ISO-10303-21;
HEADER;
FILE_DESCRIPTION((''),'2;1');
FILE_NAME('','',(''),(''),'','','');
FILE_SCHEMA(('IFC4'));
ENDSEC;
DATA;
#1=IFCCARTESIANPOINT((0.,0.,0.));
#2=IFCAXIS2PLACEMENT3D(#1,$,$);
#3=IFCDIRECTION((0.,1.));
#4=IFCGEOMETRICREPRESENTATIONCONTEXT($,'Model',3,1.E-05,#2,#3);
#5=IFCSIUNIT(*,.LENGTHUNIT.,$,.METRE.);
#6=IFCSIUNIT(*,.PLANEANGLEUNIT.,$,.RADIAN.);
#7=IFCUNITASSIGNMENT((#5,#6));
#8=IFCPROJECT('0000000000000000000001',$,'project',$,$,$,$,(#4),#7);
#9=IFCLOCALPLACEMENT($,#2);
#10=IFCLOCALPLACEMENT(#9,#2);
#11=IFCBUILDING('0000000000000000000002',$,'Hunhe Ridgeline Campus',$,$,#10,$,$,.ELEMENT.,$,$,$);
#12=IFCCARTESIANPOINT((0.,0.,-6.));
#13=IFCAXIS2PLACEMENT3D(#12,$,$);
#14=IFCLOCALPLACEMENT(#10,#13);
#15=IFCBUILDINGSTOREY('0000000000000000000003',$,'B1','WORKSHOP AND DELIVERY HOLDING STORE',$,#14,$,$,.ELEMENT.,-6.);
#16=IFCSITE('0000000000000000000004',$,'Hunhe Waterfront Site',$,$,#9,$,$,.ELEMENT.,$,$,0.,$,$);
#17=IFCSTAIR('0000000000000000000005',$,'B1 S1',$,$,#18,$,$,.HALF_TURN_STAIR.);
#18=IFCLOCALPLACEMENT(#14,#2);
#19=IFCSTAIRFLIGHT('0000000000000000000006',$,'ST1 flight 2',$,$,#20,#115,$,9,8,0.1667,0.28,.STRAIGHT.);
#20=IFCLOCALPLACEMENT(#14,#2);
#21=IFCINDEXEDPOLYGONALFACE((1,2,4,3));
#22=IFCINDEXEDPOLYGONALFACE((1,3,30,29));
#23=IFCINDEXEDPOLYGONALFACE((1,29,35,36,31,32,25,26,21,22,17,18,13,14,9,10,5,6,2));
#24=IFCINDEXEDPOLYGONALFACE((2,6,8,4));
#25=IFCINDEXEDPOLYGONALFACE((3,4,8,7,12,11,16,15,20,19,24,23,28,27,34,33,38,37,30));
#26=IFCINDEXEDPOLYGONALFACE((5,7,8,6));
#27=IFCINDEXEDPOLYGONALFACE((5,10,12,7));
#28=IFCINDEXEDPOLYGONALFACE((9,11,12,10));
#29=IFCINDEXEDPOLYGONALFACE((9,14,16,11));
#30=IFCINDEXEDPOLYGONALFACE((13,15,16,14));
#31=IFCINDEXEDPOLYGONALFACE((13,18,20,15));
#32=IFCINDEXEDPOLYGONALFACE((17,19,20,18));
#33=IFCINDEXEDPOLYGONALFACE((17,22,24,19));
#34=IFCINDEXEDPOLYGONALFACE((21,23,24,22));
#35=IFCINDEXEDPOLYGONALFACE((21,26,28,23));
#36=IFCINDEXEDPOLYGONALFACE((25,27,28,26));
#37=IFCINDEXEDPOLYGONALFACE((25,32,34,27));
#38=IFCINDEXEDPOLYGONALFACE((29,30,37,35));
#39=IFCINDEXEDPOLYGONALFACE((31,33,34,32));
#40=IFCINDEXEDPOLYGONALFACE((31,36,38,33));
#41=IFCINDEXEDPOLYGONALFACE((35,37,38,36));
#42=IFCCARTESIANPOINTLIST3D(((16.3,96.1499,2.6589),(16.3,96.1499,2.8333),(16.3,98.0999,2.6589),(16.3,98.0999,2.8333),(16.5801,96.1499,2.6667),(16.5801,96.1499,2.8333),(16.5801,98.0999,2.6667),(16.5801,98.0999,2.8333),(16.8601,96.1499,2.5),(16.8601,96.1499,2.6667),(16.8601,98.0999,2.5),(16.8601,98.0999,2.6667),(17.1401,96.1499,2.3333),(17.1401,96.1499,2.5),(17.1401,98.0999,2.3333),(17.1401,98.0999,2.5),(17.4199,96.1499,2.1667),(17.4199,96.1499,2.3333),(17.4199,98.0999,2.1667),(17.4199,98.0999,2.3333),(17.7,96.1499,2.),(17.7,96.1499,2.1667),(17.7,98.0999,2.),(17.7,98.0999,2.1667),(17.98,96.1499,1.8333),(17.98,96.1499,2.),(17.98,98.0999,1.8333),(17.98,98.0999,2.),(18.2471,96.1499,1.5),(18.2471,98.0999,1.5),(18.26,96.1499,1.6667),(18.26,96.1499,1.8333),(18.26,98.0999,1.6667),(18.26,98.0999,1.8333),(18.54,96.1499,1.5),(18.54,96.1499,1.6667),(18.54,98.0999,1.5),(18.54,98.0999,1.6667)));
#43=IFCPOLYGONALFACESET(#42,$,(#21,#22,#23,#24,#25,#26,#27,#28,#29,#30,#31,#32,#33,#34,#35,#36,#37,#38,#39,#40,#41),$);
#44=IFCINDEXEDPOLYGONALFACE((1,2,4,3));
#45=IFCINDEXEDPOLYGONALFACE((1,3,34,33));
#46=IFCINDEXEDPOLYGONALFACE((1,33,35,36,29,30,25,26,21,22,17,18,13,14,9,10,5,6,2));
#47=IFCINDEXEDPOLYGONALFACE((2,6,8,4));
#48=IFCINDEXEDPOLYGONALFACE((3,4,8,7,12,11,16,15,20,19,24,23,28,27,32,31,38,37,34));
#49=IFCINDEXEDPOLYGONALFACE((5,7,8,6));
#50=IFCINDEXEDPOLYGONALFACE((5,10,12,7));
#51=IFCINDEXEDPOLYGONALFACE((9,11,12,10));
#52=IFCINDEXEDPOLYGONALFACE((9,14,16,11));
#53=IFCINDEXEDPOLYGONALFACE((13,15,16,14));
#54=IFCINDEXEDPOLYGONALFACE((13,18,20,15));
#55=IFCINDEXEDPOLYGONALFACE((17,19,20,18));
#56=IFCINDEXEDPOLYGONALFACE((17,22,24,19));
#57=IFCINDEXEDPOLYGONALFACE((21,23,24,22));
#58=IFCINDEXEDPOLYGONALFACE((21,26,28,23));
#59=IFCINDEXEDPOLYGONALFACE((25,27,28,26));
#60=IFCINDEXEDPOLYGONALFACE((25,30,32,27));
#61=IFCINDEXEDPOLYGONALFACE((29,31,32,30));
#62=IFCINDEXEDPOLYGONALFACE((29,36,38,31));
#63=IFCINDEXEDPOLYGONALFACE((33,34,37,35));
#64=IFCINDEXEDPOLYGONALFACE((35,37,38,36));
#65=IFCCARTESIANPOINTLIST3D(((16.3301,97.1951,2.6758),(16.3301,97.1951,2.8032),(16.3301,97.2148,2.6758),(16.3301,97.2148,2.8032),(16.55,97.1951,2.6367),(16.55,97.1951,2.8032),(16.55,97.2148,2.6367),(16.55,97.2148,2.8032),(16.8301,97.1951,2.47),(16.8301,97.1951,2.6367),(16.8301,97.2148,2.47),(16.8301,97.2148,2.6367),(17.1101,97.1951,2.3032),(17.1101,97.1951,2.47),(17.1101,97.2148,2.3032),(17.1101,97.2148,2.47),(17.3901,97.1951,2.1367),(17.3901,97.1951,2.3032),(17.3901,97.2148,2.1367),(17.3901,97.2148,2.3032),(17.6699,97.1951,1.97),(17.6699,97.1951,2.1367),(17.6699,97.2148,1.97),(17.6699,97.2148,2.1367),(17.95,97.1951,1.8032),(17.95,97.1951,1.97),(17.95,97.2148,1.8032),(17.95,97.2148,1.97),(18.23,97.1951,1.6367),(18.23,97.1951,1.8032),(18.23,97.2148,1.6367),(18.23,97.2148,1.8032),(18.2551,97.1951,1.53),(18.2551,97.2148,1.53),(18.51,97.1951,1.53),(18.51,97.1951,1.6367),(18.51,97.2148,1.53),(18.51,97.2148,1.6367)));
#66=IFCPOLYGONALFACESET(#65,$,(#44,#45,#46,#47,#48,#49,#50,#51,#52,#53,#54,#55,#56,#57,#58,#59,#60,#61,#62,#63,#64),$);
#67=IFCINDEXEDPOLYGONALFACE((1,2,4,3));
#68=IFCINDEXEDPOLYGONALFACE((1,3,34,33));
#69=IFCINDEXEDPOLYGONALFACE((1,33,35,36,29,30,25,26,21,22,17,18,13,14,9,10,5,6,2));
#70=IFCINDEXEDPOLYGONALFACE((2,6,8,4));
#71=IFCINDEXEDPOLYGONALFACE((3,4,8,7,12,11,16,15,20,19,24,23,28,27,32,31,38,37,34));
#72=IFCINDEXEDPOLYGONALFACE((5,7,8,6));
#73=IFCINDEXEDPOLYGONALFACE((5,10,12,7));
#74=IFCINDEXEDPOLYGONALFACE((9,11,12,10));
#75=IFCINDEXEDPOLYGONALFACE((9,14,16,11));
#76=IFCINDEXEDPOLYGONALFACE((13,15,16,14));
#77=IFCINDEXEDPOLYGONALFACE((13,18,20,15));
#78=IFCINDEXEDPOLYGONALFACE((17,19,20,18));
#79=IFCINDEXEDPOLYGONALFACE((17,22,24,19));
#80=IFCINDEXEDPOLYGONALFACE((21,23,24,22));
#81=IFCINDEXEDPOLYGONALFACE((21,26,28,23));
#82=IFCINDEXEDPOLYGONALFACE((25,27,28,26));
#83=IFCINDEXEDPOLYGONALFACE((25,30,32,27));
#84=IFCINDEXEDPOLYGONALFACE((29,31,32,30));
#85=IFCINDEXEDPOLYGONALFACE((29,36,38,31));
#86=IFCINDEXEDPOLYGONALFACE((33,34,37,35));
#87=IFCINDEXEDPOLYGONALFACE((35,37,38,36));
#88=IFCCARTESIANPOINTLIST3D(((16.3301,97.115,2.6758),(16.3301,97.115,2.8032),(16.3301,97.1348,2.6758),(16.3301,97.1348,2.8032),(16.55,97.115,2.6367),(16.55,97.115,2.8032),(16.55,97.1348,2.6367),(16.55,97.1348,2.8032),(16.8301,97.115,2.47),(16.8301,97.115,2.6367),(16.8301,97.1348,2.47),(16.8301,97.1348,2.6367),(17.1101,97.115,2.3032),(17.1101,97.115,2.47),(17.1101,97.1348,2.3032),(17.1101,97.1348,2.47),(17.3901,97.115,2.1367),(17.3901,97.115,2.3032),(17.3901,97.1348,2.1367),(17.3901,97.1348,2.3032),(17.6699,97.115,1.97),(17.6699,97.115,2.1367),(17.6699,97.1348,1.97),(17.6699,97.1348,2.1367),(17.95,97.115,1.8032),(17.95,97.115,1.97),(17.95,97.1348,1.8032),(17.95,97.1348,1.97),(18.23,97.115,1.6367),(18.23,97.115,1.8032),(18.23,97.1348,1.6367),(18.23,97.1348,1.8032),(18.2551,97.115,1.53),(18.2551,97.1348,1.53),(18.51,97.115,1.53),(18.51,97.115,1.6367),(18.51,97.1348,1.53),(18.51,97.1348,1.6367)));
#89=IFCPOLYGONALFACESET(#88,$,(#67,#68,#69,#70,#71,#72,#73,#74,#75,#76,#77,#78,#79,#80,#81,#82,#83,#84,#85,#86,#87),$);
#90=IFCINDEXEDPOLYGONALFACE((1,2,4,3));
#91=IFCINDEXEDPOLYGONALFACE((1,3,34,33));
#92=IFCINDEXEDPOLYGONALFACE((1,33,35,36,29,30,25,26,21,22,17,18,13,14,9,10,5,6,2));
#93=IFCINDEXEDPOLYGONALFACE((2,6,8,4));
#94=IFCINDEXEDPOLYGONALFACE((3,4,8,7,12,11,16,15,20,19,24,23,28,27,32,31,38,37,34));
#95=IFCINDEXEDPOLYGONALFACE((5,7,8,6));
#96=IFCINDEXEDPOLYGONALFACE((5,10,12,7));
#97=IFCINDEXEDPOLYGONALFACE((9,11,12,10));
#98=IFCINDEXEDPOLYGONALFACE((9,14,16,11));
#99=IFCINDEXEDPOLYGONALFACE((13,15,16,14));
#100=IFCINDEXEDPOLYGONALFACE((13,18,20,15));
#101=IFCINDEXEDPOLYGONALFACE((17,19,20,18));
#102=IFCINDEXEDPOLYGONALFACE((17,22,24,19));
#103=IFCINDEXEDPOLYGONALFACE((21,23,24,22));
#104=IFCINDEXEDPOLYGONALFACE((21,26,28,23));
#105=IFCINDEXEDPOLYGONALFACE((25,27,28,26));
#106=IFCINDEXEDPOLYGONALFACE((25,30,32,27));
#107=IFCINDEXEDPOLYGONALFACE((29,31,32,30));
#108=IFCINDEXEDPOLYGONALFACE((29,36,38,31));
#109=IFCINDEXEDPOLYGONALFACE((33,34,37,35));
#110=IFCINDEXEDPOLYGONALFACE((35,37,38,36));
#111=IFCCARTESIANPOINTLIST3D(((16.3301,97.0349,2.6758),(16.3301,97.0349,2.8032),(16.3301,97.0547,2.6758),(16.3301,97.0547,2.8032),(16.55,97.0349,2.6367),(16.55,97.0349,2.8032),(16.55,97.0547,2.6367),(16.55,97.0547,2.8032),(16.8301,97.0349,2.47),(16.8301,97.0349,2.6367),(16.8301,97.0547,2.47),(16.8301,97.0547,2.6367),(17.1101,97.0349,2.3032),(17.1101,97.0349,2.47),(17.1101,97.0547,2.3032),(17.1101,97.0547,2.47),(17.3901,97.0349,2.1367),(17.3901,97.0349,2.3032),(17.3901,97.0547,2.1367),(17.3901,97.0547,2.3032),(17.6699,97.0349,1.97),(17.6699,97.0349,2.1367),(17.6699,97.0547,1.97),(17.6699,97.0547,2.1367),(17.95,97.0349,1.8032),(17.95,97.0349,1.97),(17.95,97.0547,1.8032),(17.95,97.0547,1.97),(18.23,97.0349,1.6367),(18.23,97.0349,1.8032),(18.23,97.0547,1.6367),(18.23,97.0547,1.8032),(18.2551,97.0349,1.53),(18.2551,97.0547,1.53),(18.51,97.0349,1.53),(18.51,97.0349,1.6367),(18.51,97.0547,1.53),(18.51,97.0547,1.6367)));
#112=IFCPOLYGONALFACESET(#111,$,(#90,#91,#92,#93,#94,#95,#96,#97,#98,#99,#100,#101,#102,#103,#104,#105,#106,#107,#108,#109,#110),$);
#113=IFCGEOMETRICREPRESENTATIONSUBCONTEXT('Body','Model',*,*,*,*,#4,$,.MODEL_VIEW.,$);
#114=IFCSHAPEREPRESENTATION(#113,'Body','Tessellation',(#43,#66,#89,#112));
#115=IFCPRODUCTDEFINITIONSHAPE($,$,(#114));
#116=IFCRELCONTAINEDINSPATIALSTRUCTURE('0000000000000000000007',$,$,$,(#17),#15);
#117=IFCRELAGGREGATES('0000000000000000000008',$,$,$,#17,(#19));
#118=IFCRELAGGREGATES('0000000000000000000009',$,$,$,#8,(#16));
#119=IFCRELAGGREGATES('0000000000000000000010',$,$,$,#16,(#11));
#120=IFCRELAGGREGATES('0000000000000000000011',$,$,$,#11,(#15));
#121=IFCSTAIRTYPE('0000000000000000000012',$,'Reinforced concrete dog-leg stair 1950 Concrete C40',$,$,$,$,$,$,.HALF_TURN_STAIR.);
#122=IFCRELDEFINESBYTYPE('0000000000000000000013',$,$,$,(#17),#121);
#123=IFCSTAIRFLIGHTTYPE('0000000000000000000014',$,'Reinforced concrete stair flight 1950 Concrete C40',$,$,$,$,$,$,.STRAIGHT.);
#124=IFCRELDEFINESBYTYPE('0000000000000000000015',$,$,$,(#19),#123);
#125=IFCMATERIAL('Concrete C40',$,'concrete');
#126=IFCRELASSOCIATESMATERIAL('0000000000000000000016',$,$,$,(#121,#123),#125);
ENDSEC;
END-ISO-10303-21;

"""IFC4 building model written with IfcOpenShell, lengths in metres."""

from ifc_helpers import new_model, si_unit, direction, frame, origin, place, context, subcontext, project, spatial, polyline, outline, extrude, material, type_object, element, aggregate, save


model = new_model("IFC4")

# Units and contexts
model_context = context("Model", 3, precision=1e-05, world=origin(), true_north=direction((0.0, 1.0)))
body_context = subcontext(model_context, "Body", "Model", "MODEL_VIEW")
ifc_project = project(units=[si_unit("LENGTHUNIT", "METRE"), si_unit("PLANEANGLEUNIT", "RADIAN")], contexts=[model_context])

# Site, building, storey
site_placement = place(None, origin())
site = spatial("IfcSite", under=ifc_project, at=site_placement, Name="Hunhe Waterfront Site", CompositionType="ELEMENT", RefElevation=0.0)
building_placement = place(site_placement, origin())
building = spatial("IfcBuilding", under=site, at=building_placement, Name="Hunhe Ridgeline Campus", CompositionType="ELEMENT")
storey_placement = place(building_placement, frame((0.0, 0.0, -6.0)))
storey = spatial("IfcBuildingStorey", under=building, at=storey_placement, Name="B1", Description="WORKSHOP AND DELIVERY HOLDING STORE", CompositionType="ELEMENT", Elevation=-6.0)

# Stair, stair flight
ifc_material_1 = material(Name="Concrete C40", Category="concrete")
stair_type = type_object("IfcStairType", Name="Reinforced concrete dog-leg stair 1950 Concrete C40", PredefinedType="HALF_TURN_STAIR", material=ifc_material_1)
stair_1_placement = place(storey_placement, origin())
stair_1 = element("IfcStair", 1, at=stair_1_placement, inside=storey, type_object=stair_type, Name="B1 S1", PredefinedType="HALF_TURN_STAIR")
stair_flight_type = type_object("IfcStairFlightType", Name="Reinforced concrete stair flight 1950 Concrete C40", PredefinedType="STRAIGHT", material=ifc_material_1)
stair_flight_1_placement = place(storey_placement, frame((18.54, 97.125, 1.5), z_axis=(0.0, 0.0, 1.0), x_axis=(-1.0, 0.0, 0.0)))
stair_flight_1 = element("IfcStairFlight", 2, at=stair_flight_1_placement, type_object=stair_flight_type, Name="ST1 flight 2", NumberOfRisers=9, NumberOfTreads=8, PredefinedType="STRAIGHT", RiserHeight=0.1667, TreadLength=0.28, context=body_context, shape_type="SweptSolid", body=[
    extrude(outline(polyline([(0.0, 0.0), (0.0, 0.1667), (0.28, 0.1667), (0.28, 0.3333), (0.5601, 0.3333), (0.5601, 0.5), (0.8401, 0.5), (0.8401, 0.6667), (1.1201, 0.6667), (1.1201, 0.8333), (1.3999, 0.8333), (1.3999, 1.0), (1.6799, 1.0), (1.6799, 1.1667), (1.96, 1.1667), (1.96, 1.3333), (2.24, 1.3333), (2.24, 1.5), (2.24, 1.1589), (0.293, 0.0), (0.0, 0.0)])), frame((0.0, 0.9751, 0.0), z_axis=(0.0, -1.0, 0.0), x_axis=(1.0, 0.0, 0.0)), (0.0, 0.0, 1.0), 1.95),
    extrude(outline(polyline([(0.03, 0.03), (0.03, 0.1367), (0.3101, 0.1367), (0.3101, 0.3032), (0.5901, 0.3032), (0.5901, 0.47), (0.8701, 0.47), (0.8701, 0.6367), (1.1499, 0.6367), (1.1499, 0.8032), (1.4299, 0.8032), (1.4299, 0.97), (1.71, 0.97), (1.71, 1.1367), (1.99, 1.1367), (1.99, 1.3032), (2.21, 1.3032), (2.21, 1.1758), (0.2849, 0.03), (0.03, 0.03)])), frame((0.0, -0.0701, 0.0), z_axis=(0.0, -1.0, 0.0), x_axis=(1.0, 0.0, 0.0)), (0.0, 0.0, 1.0), 0.0198),
    extrude(outline(polyline([(0.03, 0.03), (0.03, 0.1367), (0.3101, 0.1367), (0.3101, 0.3032), (0.5901, 0.3032), (0.5901, 0.47), (0.8701, 0.47), (0.8701, 0.6367), (1.1499, 0.6367), (1.1499, 0.8032), (1.4299, 0.8032), (1.4299, 0.97), (1.71, 0.97), (1.71, 1.1367), (1.99, 1.1367), (1.99, 1.3032), (2.21, 1.3032), (2.21, 1.1758), (0.2849, 0.03), (0.03, 0.03)])), frame((0.0, 0.01, 0.0), z_axis=(0.0, -1.0, 0.0), x_axis=(1.0, 0.0, 0.0)), (0.0, 0.0, 1.0), 0.0198),
    extrude(outline(polyline([(0.03, 0.03), (0.03, 0.1367), (0.3101, 0.1367), (0.3101, 0.3032), (0.5901, 0.3032), (0.5901, 0.47), (0.8701, 0.47), (0.8701, 0.6367), (1.1499, 0.6367), (1.1499, 0.8032), (1.4299, 0.8032), (1.4299, 0.97), (1.71, 0.97), (1.71, 1.1367), (1.99, 1.1367), (1.99, 1.3032), (2.21, 1.3032), (2.21, 1.1758), (0.2849, 0.03), (0.03, 0.03)])), frame((0.0, 0.0901, 0.0), z_axis=(0.0, -1.0, 0.0), x_axis=(1.0, 0.0, 0.0)), (0.0, 0.0, 1.0), 0.0198),
])
aggregate(stair_1, [stair_flight_1])

save(model, "model.ifc")
